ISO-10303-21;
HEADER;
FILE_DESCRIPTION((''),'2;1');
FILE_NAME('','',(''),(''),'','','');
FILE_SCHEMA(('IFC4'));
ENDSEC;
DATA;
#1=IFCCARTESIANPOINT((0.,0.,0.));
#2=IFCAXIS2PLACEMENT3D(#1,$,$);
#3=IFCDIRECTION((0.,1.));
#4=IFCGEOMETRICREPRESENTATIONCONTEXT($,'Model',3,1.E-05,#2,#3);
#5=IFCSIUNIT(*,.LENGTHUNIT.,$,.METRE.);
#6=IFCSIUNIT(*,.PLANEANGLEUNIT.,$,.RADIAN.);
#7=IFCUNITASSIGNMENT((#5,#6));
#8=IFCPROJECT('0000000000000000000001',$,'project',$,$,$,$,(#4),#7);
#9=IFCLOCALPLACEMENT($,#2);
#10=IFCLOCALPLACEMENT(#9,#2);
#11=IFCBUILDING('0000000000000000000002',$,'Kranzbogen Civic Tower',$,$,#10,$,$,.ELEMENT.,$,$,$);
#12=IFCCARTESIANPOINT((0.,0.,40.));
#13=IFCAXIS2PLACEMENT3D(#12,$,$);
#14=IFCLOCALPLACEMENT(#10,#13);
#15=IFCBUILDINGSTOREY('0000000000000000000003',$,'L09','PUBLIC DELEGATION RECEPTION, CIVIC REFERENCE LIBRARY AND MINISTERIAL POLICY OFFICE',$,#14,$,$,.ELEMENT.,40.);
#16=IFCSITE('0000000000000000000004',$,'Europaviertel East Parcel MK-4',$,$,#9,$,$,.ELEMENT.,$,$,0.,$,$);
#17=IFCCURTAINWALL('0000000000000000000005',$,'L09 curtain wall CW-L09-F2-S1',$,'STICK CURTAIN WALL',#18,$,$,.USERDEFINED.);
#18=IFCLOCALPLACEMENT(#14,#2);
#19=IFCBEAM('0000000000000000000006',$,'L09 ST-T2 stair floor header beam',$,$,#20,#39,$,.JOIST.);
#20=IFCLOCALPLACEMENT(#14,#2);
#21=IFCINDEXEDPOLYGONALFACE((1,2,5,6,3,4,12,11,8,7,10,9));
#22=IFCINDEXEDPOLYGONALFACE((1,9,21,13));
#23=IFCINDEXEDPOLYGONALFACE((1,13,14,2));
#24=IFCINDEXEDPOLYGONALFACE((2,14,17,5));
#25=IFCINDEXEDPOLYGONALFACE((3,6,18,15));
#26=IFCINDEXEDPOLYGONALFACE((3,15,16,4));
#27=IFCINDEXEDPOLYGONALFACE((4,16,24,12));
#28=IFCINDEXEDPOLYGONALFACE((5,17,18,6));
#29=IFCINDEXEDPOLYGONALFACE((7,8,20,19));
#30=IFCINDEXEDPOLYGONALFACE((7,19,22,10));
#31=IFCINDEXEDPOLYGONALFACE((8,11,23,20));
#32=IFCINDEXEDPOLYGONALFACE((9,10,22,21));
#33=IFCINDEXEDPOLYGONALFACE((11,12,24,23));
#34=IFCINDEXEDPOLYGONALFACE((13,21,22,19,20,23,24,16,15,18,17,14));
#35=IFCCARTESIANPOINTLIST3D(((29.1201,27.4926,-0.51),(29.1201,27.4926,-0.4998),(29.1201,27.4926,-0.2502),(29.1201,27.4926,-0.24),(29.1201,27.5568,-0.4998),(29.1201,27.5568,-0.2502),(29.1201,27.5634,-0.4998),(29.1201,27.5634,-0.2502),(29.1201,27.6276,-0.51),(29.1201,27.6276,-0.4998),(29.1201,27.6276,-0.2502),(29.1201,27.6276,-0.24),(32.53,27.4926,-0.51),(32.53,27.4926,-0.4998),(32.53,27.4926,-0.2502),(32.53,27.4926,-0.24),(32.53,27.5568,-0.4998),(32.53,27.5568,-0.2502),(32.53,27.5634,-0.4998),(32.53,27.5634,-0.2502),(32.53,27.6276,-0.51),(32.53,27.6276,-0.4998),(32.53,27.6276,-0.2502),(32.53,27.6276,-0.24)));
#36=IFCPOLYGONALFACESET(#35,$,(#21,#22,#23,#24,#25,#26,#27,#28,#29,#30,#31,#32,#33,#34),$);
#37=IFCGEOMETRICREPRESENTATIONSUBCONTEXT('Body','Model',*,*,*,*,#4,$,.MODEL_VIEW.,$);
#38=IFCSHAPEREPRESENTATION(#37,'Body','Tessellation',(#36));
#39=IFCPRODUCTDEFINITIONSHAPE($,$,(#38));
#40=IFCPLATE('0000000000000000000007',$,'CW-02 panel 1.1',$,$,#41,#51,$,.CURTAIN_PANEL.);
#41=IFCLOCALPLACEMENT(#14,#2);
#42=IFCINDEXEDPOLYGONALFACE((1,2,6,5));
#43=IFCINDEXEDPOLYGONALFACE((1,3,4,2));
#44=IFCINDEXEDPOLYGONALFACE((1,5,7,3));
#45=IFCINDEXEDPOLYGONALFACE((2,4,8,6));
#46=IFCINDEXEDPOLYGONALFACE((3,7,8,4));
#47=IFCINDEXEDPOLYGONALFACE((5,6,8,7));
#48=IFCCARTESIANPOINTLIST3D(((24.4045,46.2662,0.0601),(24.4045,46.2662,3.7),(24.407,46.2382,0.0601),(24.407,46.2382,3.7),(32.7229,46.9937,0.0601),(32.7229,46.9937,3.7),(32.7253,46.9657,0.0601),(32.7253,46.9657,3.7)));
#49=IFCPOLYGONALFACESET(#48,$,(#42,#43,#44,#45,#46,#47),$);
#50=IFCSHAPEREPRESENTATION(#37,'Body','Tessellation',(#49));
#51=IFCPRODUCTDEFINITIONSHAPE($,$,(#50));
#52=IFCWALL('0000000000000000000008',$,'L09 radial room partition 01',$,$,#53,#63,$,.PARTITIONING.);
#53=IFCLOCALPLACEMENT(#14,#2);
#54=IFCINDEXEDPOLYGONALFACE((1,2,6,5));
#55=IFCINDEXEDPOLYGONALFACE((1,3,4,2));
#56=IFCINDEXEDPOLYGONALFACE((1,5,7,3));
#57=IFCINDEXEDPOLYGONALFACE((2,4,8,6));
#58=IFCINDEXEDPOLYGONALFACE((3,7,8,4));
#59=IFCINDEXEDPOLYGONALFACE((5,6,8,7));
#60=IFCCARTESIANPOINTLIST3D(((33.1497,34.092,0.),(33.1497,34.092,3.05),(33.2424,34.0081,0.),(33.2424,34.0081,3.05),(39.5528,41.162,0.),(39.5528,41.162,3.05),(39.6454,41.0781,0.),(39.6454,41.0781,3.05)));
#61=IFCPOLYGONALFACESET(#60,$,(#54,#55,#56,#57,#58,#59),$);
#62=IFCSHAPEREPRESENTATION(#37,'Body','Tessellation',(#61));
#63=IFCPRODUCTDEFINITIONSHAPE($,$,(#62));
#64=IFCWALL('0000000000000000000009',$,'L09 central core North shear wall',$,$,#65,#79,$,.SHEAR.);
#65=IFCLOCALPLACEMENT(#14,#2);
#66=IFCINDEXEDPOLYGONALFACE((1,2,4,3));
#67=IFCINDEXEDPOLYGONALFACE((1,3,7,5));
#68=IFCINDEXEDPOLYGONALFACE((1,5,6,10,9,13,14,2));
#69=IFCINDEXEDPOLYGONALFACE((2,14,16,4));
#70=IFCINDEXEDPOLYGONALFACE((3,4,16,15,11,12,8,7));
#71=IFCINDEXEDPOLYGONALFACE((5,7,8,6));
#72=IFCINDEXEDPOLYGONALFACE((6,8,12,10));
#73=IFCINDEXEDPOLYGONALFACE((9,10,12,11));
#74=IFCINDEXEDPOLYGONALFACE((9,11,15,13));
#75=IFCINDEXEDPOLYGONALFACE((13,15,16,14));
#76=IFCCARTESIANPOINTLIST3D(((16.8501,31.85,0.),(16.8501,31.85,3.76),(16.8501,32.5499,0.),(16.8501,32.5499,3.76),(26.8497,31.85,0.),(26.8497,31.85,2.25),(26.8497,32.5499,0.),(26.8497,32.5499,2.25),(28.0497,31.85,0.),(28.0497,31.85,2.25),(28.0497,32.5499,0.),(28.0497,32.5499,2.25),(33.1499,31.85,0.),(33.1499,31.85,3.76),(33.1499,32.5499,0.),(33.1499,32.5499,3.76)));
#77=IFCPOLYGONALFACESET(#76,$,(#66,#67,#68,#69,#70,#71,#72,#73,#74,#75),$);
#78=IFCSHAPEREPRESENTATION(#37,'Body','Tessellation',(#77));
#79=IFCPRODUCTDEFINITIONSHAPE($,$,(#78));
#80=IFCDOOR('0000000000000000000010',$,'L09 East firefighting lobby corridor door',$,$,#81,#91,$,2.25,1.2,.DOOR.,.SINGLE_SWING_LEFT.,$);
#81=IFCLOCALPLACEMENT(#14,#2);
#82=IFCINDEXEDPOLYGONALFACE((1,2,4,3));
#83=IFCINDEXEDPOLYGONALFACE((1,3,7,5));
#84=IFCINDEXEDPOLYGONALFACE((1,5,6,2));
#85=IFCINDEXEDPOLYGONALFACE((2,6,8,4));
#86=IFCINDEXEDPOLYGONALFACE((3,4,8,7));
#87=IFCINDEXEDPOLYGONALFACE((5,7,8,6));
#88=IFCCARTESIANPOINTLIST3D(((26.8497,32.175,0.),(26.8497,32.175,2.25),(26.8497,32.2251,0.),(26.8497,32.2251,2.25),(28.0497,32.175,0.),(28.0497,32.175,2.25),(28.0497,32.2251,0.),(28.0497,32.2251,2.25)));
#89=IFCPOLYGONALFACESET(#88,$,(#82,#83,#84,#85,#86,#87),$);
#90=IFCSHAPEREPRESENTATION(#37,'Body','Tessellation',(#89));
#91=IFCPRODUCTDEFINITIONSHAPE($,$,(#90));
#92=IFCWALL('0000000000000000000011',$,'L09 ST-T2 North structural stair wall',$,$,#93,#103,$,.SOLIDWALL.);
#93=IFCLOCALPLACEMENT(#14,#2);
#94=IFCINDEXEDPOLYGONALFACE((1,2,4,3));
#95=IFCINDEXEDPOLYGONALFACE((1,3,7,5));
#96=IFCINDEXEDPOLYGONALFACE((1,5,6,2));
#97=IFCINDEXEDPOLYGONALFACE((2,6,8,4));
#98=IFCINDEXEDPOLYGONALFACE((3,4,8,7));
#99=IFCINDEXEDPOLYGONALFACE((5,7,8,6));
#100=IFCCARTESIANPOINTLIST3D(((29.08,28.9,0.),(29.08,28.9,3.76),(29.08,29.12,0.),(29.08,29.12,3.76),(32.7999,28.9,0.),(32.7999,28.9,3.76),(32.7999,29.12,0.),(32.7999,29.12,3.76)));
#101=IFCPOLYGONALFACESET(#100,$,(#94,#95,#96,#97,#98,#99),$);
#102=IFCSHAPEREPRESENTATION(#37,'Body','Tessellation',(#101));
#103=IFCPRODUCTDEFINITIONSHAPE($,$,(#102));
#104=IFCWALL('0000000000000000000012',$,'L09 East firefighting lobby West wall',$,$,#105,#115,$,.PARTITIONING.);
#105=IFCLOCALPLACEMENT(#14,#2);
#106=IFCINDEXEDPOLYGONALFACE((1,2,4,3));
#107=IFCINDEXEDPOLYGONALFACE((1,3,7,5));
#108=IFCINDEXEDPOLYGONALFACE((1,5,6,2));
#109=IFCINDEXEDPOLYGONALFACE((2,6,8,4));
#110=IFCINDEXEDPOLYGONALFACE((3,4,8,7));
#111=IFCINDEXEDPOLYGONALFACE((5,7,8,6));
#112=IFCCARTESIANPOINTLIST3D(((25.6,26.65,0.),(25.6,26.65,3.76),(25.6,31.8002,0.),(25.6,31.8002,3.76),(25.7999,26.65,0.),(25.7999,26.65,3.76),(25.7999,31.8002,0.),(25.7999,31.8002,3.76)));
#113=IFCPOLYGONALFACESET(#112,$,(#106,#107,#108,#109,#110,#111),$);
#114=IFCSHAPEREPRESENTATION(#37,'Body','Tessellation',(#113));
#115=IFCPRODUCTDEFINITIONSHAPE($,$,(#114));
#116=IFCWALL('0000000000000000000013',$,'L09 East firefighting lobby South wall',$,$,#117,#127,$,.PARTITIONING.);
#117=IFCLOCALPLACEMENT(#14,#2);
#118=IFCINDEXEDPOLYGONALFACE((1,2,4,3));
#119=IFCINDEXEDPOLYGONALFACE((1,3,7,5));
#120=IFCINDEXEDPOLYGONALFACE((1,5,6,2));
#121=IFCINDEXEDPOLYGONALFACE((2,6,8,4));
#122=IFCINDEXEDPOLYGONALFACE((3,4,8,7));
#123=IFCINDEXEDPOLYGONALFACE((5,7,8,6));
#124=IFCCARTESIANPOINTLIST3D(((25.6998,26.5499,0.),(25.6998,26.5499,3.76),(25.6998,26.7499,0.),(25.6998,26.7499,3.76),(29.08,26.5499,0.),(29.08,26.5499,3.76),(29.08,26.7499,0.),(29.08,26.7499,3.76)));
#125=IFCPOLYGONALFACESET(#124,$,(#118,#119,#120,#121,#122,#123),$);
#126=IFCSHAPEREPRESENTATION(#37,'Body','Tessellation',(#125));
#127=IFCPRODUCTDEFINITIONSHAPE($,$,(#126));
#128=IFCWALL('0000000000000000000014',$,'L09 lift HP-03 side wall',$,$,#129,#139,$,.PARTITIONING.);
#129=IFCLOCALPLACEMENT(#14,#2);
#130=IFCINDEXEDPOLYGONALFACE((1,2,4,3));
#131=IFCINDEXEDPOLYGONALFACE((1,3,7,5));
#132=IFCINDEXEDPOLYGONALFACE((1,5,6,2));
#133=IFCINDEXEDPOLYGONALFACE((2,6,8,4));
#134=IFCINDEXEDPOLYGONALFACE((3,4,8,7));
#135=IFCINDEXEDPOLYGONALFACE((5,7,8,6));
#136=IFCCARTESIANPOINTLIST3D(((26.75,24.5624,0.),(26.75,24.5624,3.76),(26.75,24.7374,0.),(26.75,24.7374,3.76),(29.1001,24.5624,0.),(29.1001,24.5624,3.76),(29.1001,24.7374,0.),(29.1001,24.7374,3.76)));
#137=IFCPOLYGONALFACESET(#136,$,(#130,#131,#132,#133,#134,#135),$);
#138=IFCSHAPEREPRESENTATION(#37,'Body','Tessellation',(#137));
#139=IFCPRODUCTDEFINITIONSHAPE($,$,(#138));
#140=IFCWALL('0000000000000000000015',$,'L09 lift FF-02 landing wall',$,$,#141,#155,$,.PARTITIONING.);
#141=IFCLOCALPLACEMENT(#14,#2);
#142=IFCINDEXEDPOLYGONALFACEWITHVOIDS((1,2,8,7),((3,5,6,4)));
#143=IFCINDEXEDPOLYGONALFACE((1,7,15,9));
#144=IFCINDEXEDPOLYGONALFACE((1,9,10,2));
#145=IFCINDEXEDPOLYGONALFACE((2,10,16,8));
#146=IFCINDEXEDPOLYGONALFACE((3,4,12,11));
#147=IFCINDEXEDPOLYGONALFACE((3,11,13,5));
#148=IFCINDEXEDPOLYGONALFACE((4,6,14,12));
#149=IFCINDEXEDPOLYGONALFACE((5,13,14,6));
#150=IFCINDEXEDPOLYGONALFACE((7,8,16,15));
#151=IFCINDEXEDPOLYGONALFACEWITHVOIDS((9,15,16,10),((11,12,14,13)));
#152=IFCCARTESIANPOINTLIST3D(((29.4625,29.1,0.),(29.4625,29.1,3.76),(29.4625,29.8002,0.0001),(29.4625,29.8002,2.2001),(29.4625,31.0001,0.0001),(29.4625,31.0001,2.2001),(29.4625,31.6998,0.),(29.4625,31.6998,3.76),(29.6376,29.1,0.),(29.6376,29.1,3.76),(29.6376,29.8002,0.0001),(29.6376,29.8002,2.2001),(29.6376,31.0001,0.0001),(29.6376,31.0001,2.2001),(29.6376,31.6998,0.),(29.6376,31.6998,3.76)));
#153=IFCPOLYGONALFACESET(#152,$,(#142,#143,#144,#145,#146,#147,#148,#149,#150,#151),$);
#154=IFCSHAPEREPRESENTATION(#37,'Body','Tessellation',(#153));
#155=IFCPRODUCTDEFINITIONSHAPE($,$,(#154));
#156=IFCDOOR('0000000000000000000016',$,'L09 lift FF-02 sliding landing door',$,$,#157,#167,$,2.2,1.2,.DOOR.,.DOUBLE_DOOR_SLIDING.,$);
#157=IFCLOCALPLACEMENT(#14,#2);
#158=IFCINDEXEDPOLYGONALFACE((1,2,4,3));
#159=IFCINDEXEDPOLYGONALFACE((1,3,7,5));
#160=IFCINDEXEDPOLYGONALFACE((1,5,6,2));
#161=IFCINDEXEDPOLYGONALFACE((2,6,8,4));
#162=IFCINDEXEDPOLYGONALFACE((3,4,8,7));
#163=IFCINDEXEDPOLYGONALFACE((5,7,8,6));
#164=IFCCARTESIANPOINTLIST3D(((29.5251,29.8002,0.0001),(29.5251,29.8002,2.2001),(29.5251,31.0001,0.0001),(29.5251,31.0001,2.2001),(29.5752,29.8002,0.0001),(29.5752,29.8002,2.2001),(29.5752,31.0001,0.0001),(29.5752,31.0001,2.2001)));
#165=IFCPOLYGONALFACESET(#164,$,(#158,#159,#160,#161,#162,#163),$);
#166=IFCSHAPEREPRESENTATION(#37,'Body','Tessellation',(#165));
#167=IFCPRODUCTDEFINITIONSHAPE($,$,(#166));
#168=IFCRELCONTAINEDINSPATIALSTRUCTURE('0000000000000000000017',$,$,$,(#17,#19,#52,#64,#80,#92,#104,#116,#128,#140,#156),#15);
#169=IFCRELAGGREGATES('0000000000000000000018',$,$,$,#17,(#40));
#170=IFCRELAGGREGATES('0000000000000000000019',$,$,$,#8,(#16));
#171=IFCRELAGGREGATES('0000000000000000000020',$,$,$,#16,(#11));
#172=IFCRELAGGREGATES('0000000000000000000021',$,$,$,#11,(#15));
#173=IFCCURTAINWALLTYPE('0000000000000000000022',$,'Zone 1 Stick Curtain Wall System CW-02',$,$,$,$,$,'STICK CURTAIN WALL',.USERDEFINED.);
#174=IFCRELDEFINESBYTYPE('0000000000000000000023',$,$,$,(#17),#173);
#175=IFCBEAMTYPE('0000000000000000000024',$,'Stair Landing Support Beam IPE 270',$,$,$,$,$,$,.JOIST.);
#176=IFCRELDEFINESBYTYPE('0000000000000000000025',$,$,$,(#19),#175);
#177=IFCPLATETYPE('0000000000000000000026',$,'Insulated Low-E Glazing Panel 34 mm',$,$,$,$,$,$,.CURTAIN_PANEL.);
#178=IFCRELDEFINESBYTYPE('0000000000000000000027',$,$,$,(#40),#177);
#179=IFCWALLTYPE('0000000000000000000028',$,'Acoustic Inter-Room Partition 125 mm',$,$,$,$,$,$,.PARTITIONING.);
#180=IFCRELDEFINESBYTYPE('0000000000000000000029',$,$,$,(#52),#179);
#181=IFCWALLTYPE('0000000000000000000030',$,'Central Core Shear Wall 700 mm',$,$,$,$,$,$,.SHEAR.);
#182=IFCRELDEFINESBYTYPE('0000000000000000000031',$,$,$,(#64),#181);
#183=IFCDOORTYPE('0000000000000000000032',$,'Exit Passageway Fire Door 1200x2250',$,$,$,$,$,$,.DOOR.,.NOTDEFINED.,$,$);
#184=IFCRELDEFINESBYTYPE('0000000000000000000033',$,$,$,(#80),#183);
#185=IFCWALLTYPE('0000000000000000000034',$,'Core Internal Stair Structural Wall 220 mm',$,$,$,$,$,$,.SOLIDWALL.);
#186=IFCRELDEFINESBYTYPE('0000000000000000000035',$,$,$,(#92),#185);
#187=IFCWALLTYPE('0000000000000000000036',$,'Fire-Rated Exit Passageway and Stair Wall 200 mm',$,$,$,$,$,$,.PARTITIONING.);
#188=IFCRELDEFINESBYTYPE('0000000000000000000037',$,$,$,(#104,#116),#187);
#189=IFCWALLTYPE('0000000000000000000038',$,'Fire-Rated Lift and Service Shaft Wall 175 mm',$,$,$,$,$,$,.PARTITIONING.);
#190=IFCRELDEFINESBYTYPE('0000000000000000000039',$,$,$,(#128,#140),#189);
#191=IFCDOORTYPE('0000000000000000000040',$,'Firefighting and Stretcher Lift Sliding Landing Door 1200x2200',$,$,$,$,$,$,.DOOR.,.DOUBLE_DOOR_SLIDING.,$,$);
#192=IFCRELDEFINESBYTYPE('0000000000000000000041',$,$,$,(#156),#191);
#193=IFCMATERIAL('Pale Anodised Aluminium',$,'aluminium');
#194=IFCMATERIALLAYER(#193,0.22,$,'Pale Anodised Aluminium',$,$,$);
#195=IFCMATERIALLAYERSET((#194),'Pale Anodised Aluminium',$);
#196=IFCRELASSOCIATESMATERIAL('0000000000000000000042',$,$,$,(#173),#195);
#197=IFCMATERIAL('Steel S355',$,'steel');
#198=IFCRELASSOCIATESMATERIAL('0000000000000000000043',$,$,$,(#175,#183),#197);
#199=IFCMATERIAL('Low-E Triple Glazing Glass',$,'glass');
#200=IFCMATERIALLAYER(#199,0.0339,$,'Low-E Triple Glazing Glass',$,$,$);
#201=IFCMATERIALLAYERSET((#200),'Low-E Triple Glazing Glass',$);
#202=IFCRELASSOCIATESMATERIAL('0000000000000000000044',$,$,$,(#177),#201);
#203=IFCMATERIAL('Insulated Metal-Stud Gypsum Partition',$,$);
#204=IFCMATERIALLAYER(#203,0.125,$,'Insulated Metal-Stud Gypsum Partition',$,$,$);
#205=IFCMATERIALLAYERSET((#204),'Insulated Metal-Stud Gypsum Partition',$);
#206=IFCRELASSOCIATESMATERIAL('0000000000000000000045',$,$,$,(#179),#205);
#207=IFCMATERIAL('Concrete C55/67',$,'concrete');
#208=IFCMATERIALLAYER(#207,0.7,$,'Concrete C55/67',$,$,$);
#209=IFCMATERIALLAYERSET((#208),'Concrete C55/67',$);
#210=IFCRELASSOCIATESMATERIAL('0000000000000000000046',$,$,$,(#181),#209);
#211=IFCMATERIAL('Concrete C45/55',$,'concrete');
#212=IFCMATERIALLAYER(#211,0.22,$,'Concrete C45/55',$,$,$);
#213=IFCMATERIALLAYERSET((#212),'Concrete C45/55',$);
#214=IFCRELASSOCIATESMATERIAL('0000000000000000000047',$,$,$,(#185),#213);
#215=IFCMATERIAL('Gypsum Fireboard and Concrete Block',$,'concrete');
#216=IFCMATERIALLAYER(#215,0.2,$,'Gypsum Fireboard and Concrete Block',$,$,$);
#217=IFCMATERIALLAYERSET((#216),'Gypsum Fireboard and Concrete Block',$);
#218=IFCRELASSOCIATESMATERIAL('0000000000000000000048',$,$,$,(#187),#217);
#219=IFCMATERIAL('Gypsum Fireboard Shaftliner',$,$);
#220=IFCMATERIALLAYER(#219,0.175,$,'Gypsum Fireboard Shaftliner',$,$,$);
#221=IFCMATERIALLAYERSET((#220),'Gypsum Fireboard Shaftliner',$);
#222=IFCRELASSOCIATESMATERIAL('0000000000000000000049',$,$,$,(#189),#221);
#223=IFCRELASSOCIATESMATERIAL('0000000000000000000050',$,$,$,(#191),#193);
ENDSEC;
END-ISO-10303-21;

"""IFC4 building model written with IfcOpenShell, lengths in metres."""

from ifc_helpers import new_model, si_unit, direction, frame, frame_2d, origin, origin_2d, place, context, subcontext, project, spatial, rectangle, i_section, extrude, material, layer, layer_set, material_profile, profile_set, type_object, element, fill, aggregate, save


model = new_model("IFC4")

# Units and contexts
model_context = context("Model", 3, precision=1e-05, world=origin(), true_north=direction((0.0, 1.0)))
body_context = subcontext(model_context, "Body", "Model", "MODEL_VIEW")
ifc_project = project(units=[si_unit("LENGTHUNIT", "METRE"), si_unit("PLANEANGLEUNIT", "RADIAN")], contexts=[model_context])

# Site, building, storey
site_placement = place(None, origin())
site = spatial("IfcSite", under=ifc_project, at=site_placement, Name="Europaviertel East Parcel MK-4", CompositionType="ELEMENT", RefElevation=0.0)
building_placement = place(site_placement, origin())
building = spatial("IfcBuilding", under=site, at=building_placement, Name="Kranzbogen Civic Tower", CompositionType="ELEMENT")
storey_placement = place(building_placement, frame((0.0, 0.0, 40.0)))
storey = spatial("IfcBuildingStorey", under=building, at=storey_placement, Name="L09", Description="PUBLIC DELEGATION RECEPTION, CIVIC REFERENCE LIBRARY AND MINISTERIAL POLICY OFFICE", CompositionType="ELEMENT", Elevation=40.0)

# Curtain wall
ifc_material_1 = material(Name="Pale Anodised Aluminium", Category="aluminium")
ifc_layer_1 = layer(ifc_material_1, 0.22, Name="Pale Anodised Aluminium")
ifc_layer_set_1 = layer_set([ifc_layer_1], Name="Pale Anodised Aluminium")
curtain_wall_type = type_object("IfcCurtainWallType", Name="Zone 1 Stick Curtain Wall System CW-02", ElementType="STICK CURTAIN WALL", PredefinedType="USERDEFINED", material=ifc_layer_set_1)
curtain_wall_placement = place(storey_placement, origin())
curtain_wall = element("IfcCurtainWall", 1, at=curtain_wall_placement, inside=storey, type_object=curtain_wall_type, Name="L09 curtain wall CW-L09-F2-S1", ObjectType="STICK CURTAIN WALL", PredefinedType="USERDEFINED")

# Beam
ifc_material_2 = material(Name="Steel S355", Category="steel")
ifc_material_profile_1 = material_profile(ifc_material_2, i_section(OverallWidth=0.135, OverallDepth=0.27, WebThickness=0.0066, FlangeThickness=0.0103, at=origin_2d()), Name="IPE 270")
ifc_profile_set_1 = profile_set([ifc_material_profile_1], Name="Steel S355")
beam_type_1 = type_object("IfcBeamType", Name="Stair Landing Support Beam IPE 270", PredefinedType="JOIST", material=ifc_profile_set_1)
beam_1_placement = place(storey_placement, frame((29.1201, 27.5601, -0.375), z_axis=(1.0, 0.0, 0.0), x_axis=(0.0, 1.0, 0.0)))
element("IfcBeam", 2, at=beam_1_placement, inside=storey, type_object=beam_type_1, Name="L09 ST-T2 stair floor header beam", PredefinedType="JOIST", context=body_context, shape_type="SweptSolid", body=[
    extrude(i_section(OverallWidth=0.135, OverallDepth=0.27, WebThickness=0.0066, FlangeThickness=0.0103, at=origin_2d()), origin(), (0.0, 0.0, 1.0), 3.4099),
])

# Plate
ifc_material_3 = material(Name="Low-E Triple Glazing Glass", Category="glass")
ifc_layer_2 = layer(ifc_material_3, 0.0339, Name="Low-E Triple Glazing Glass")
ifc_layer_set_2 = layer_set([ifc_layer_2], Name="Low-E Triple Glazing Glass")
plate_type = type_object("IfcPlateType", Name="Insulated Low-E Glazing Panel 34 mm", PredefinedType="CURTAIN_PANEL", material=ifc_layer_set_2)
plate_placement = place(storey_placement, frame((28.5649, 46.616, 0.0601), z_axis=(0.0, 0.0, 1.0), x_axis=(-0.996197, -0.087129, 0.0)))
plate = element("IfcPlate", 3, at=plate_placement, type_object=plate_type, Name="CW-02 panel 1.1", PredefinedType="CURTAIN_PANEL", context=body_context, shape_type="SweptSolid", body=[
    extrude(rectangle(XDim=8.3501, YDim=0.0281, at=origin_2d()), origin(), (0.0, 0.0, 1.0), 3.6399),
])
aggregate(curtain_wall, [plate])

# Wall
ifc_material_4 = material(Name="Insulated Metal-Stud Gypsum Partition")
ifc_layer_3 = layer(ifc_material_4, 0.125, Name="Insulated Metal-Stud Gypsum Partition")
ifc_layer_set_3 = layer_set([ifc_layer_3], Name="Insulated Metal-Stud Gypsum Partition")
wall_type_1 = type_object("IfcWallType", Name="Acoustic Inter-Room Partition 125 mm", PredefinedType="PARTITIONING", material=ifc_layer_set_3)
wall_1_placement = place(storey_placement, frame((33.196, 34.05, 0.0), z_axis=(0.0, 0.0, 1.0), x_axis=(0.671279, 0.741205, 0.0)))
element("IfcWall", 4, at=wall_1_placement, inside=storey, type_object=wall_type_1, Name="L09 radial room partition 01", PredefinedType="PARTITIONING", context=body_context, shape_type="SweptSolid", body=[
    extrude(rectangle(XDim=9.5386, YDim=0.125, at=frame_2d((4.7693, 0.0))), origin(), (0.0, 0.0, 1.0), 3.05),
])

# Wall, opening, door
ifc_material_5 = material(Name="Concrete C55/67", Category="concrete")
ifc_layer_4 = layer(ifc_material_5, 0.7, Name="Concrete C55/67")
ifc_layer_set_4 = layer_set([ifc_layer_4], Name="Concrete C55/67")
wall_type_2 = type_object("IfcWallType", Name="Central Core Shear Wall 700 mm", PredefinedType="SHEAR", material=ifc_layer_set_4)
wall_2_placement = place(storey_placement, frame((33.1499, 32.2, 0.0), z_axis=(0.0, 0.0, 1.0), x_axis=(-1.0, 0.0, 0.0)))
wall_2 = element("IfcWall", 5, at=wall_2_placement, inside=storey, type_object=wall_type_2, Name="L09 central core North shear wall", PredefinedType="SHEAR", context=body_context, shape_type="SweptSolid", body=[
    extrude(rectangle(XDim=16.2998, YDim=0.7, at=frame_2d((8.1499, 0.0))), origin(), (0.0, 0.0, 1.0), 3.76),
])
opening_1_placement = place(wall_2_placement, frame((5.1001, 0.0, 0.0)))
opening_1 = element("IfcOpeningElement", 6, at=opening_1_placement, cuts=wall_2, PredefinedType="OPENING", context=body_context, shape_type="SweptSolid", body=[
    extrude(rectangle(XDim=1.2, YDim=2.25, at=frame_2d((0.6001, 1.125))), frame((0.0, 0.3599, 0.0), z_axis=(0.0, -1.0, 0.0), x_axis=(1.0, 0.0, 0.0)), (0.0, 0.0, 1.0), 0.72),
])
door_type_1 = type_object("IfcDoorType", Name="Exit Passageway Fire Door 1200x2250", OperationType="NOTDEFINED", PredefinedType="DOOR", material=ifc_material_2)
door_1_placement = place(opening_1_placement, origin())
door_1 = element("IfcDoor", 7, at=door_1_placement, inside=storey, type_object=door_type_1, Name="L09 East firefighting lobby corridor door", OperationType="SINGLE_SWING_LEFT", OverallHeight=2.25, OverallWidth=1.2, PredefinedType="DOOR", context=body_context, shape_type="SweptSolid", body=[
    extrude(rectangle(XDim=1.2, YDim=2.25, at=frame_2d((0.6001, 1.125))), frame((0.0, 0.0249, 0.0), z_axis=(0.0, -1.0, 0.0), x_axis=(1.0, 0.0, 0.0)), (0.0, 0.0, 1.0), 0.05),
])
fill(opening_1, door_1)

# Walls
ifc_material_6 = material(Name="Concrete C45/55", Category="concrete")
ifc_layer_5 = layer(ifc_material_6, 0.22, Name="Concrete C45/55")
ifc_layer_set_5 = layer_set([ifc_layer_5], Name="Concrete C45/55")
wall_type_3 = type_object("IfcWallType", Name="Core Internal Stair Structural Wall 220 mm", PredefinedType="SOLIDWALL", material=ifc_layer_set_5)
wall_3_placement = place(storey_placement, frame((29.0801, 29.01, 0.0), z_axis=(0.0, 0.0, 1.0), x_axis=(1.0, 0.0, 0.0)))
element("IfcWall", 8, at=wall_3_placement, inside=storey, type_object=wall_type_3, Name="L09 ST-T2 North structural stair wall", PredefinedType="SOLIDWALL", context=body_context, shape_type="SweptSolid", body=[
    extrude(rectangle(XDim=3.72, YDim=0.22, at=frame_2d((1.8599, 0.0))), origin(), (0.0, 0.0, 1.0), 3.76),
])
ifc_material_7 = material(Name="Gypsum Fireboard and Concrete Block", Category="concrete")
ifc_layer_6 = layer(ifc_material_7, 0.2, Name="Gypsum Fireboard and Concrete Block")
ifc_layer_set_6 = layer_set([ifc_layer_6], Name="Gypsum Fireboard and Concrete Block")
wall_type_4 = type_object("IfcWallType", Name="Fire-Rated Exit Passageway and Stair Wall 200 mm", PredefinedType="PARTITIONING", material=ifc_layer_set_6)
wall_4_placement = place(storey_placement, frame((25.7, 26.6499, 0.0), z_axis=(0.0, 0.0, 1.0), x_axis=(0.0, 1.0, 0.0)))
element("IfcWall", 9, at=wall_4_placement, inside=storey, type_object=wall_type_4, Name="L09 East firefighting lobby West wall", PredefinedType="PARTITIONING", context=body_context, shape_type="SweptSolid", body=[
    extrude(rectangle(XDim=5.1501, YDim=0.2, at=frame_2d((2.5752, 0.0))), origin(), (0.0, 0.0, 1.0), 3.76),
])
wall_5_placement = place(storey_placement, frame((25.7, 26.6499, 0.0), z_axis=(0.0, 0.0, 1.0), x_axis=(1.0, 0.0, 0.0)))
element("IfcWall", 10, at=wall_5_placement, inside=storey, type_object=wall_type_4, Name="L09 East firefighting lobby South wall", PredefinedType="PARTITIONING", context=body_context, shape_type="SweptSolid", body=[
    extrude(rectangle(XDim=3.3801, YDim=0.2, at=frame_2d((1.6899, 0.0))), origin(), (0.0, 0.0, 1.0), 3.76),
])
ifc_material_8 = material(Name="Gypsum Fireboard Shaftliner")
ifc_layer_7 = layer(ifc_material_8, 0.175, Name="Gypsum Fireboard Shaftliner")
ifc_layer_set_7 = layer_set([ifc_layer_7], Name="Gypsum Fireboard Shaftliner")
wall_type_5 = type_object("IfcWallType", Name="Fire-Rated Lift and Service Shaft Wall 175 mm", PredefinedType="PARTITIONING", material=ifc_layer_set_7)
wall_6_placement = place(storey_placement, frame((26.75, 24.6499, 0.0), z_axis=(0.0, 0.0, 1.0), x_axis=(1.0, 0.0, 0.0)))
element("IfcWall", 11, at=wall_6_placement, inside=storey, type_object=wall_type_5, Name="L09 lift HP-03 side wall", PredefinedType="PARTITIONING", context=body_context, shape_type="SweptSolid", body=[
    extrude(rectangle(XDim=2.3501, YDim=0.175, at=frame_2d((1.175, 0.0))), origin(), (0.0, 0.0, 1.0), 3.76),
])

# Wall, opening, door
wall_7_placement = place(storey_placement, frame((29.55, 29.1001, 0.0), z_axis=(0.0, 0.0, 1.0), x_axis=(0.0, 1.0, 0.0)))
wall_7 = element("IfcWall", 12, at=wall_7_placement, inside=storey, type_object=wall_type_5, Name="L09 lift FF-02 landing wall", PredefinedType="PARTITIONING", context=body_context, shape_type="SweptSolid", body=[
    extrude(rectangle(XDim=2.5999, YDim=0.175, at=frame_2d((1.2998, 0.0))), origin(), (0.0, 0.0, 1.0), 3.76),
])
opening_2_placement = place(wall_7_placement, frame((0.7, 0.0, 0.0)))
opening_2 = element("IfcOpeningElement", 13, at=opening_2_placement, cuts=wall_7, PredefinedType="OPENING", context=body_context, shape_type="SweptSolid", body=[
    extrude(rectangle(XDim=1.2, YDim=2.2, at=frame_2d((0.6001, 1.1001))), frame((0.0, 0.0977, 0.0), z_axis=(0.0, -1.0, 0.0), x_axis=(1.0, 0.0, 0.0)), (0.0, 0.0, 1.0), 0.1951),
])
door_type_2 = type_object("IfcDoorType", Name="Firefighting and Stretcher Lift Sliding Landing Door 1200x2200", OperationType="DOUBLE_DOOR_SLIDING", PredefinedType="DOOR", material=ifc_material_1)
door_2_placement = place(opening_2_placement, origin())
door_2 = element("IfcDoor", 14, at=door_2_placement, inside=storey, type_object=door_type_2, Name="L09 lift FF-02 sliding landing door", OperationType="DOUBLE_DOOR_SLIDING", OverallHeight=2.2, OverallWidth=1.2, PredefinedType="DOOR", context=body_context, shape_type="SweptSolid", body=[
    extrude(rectangle(XDim=1.2, YDim=2.2, at=frame_2d((0.6001, 1.1001))), frame((0.0, 0.0249, 0.0), z_axis=(0.0, -1.0, 0.0), x_axis=(1.0, 0.0, 0.0)), (0.0, 0.0, 1.0), 0.05),
])
fill(opening_2, door_2)

save(model, "model.ifc")
